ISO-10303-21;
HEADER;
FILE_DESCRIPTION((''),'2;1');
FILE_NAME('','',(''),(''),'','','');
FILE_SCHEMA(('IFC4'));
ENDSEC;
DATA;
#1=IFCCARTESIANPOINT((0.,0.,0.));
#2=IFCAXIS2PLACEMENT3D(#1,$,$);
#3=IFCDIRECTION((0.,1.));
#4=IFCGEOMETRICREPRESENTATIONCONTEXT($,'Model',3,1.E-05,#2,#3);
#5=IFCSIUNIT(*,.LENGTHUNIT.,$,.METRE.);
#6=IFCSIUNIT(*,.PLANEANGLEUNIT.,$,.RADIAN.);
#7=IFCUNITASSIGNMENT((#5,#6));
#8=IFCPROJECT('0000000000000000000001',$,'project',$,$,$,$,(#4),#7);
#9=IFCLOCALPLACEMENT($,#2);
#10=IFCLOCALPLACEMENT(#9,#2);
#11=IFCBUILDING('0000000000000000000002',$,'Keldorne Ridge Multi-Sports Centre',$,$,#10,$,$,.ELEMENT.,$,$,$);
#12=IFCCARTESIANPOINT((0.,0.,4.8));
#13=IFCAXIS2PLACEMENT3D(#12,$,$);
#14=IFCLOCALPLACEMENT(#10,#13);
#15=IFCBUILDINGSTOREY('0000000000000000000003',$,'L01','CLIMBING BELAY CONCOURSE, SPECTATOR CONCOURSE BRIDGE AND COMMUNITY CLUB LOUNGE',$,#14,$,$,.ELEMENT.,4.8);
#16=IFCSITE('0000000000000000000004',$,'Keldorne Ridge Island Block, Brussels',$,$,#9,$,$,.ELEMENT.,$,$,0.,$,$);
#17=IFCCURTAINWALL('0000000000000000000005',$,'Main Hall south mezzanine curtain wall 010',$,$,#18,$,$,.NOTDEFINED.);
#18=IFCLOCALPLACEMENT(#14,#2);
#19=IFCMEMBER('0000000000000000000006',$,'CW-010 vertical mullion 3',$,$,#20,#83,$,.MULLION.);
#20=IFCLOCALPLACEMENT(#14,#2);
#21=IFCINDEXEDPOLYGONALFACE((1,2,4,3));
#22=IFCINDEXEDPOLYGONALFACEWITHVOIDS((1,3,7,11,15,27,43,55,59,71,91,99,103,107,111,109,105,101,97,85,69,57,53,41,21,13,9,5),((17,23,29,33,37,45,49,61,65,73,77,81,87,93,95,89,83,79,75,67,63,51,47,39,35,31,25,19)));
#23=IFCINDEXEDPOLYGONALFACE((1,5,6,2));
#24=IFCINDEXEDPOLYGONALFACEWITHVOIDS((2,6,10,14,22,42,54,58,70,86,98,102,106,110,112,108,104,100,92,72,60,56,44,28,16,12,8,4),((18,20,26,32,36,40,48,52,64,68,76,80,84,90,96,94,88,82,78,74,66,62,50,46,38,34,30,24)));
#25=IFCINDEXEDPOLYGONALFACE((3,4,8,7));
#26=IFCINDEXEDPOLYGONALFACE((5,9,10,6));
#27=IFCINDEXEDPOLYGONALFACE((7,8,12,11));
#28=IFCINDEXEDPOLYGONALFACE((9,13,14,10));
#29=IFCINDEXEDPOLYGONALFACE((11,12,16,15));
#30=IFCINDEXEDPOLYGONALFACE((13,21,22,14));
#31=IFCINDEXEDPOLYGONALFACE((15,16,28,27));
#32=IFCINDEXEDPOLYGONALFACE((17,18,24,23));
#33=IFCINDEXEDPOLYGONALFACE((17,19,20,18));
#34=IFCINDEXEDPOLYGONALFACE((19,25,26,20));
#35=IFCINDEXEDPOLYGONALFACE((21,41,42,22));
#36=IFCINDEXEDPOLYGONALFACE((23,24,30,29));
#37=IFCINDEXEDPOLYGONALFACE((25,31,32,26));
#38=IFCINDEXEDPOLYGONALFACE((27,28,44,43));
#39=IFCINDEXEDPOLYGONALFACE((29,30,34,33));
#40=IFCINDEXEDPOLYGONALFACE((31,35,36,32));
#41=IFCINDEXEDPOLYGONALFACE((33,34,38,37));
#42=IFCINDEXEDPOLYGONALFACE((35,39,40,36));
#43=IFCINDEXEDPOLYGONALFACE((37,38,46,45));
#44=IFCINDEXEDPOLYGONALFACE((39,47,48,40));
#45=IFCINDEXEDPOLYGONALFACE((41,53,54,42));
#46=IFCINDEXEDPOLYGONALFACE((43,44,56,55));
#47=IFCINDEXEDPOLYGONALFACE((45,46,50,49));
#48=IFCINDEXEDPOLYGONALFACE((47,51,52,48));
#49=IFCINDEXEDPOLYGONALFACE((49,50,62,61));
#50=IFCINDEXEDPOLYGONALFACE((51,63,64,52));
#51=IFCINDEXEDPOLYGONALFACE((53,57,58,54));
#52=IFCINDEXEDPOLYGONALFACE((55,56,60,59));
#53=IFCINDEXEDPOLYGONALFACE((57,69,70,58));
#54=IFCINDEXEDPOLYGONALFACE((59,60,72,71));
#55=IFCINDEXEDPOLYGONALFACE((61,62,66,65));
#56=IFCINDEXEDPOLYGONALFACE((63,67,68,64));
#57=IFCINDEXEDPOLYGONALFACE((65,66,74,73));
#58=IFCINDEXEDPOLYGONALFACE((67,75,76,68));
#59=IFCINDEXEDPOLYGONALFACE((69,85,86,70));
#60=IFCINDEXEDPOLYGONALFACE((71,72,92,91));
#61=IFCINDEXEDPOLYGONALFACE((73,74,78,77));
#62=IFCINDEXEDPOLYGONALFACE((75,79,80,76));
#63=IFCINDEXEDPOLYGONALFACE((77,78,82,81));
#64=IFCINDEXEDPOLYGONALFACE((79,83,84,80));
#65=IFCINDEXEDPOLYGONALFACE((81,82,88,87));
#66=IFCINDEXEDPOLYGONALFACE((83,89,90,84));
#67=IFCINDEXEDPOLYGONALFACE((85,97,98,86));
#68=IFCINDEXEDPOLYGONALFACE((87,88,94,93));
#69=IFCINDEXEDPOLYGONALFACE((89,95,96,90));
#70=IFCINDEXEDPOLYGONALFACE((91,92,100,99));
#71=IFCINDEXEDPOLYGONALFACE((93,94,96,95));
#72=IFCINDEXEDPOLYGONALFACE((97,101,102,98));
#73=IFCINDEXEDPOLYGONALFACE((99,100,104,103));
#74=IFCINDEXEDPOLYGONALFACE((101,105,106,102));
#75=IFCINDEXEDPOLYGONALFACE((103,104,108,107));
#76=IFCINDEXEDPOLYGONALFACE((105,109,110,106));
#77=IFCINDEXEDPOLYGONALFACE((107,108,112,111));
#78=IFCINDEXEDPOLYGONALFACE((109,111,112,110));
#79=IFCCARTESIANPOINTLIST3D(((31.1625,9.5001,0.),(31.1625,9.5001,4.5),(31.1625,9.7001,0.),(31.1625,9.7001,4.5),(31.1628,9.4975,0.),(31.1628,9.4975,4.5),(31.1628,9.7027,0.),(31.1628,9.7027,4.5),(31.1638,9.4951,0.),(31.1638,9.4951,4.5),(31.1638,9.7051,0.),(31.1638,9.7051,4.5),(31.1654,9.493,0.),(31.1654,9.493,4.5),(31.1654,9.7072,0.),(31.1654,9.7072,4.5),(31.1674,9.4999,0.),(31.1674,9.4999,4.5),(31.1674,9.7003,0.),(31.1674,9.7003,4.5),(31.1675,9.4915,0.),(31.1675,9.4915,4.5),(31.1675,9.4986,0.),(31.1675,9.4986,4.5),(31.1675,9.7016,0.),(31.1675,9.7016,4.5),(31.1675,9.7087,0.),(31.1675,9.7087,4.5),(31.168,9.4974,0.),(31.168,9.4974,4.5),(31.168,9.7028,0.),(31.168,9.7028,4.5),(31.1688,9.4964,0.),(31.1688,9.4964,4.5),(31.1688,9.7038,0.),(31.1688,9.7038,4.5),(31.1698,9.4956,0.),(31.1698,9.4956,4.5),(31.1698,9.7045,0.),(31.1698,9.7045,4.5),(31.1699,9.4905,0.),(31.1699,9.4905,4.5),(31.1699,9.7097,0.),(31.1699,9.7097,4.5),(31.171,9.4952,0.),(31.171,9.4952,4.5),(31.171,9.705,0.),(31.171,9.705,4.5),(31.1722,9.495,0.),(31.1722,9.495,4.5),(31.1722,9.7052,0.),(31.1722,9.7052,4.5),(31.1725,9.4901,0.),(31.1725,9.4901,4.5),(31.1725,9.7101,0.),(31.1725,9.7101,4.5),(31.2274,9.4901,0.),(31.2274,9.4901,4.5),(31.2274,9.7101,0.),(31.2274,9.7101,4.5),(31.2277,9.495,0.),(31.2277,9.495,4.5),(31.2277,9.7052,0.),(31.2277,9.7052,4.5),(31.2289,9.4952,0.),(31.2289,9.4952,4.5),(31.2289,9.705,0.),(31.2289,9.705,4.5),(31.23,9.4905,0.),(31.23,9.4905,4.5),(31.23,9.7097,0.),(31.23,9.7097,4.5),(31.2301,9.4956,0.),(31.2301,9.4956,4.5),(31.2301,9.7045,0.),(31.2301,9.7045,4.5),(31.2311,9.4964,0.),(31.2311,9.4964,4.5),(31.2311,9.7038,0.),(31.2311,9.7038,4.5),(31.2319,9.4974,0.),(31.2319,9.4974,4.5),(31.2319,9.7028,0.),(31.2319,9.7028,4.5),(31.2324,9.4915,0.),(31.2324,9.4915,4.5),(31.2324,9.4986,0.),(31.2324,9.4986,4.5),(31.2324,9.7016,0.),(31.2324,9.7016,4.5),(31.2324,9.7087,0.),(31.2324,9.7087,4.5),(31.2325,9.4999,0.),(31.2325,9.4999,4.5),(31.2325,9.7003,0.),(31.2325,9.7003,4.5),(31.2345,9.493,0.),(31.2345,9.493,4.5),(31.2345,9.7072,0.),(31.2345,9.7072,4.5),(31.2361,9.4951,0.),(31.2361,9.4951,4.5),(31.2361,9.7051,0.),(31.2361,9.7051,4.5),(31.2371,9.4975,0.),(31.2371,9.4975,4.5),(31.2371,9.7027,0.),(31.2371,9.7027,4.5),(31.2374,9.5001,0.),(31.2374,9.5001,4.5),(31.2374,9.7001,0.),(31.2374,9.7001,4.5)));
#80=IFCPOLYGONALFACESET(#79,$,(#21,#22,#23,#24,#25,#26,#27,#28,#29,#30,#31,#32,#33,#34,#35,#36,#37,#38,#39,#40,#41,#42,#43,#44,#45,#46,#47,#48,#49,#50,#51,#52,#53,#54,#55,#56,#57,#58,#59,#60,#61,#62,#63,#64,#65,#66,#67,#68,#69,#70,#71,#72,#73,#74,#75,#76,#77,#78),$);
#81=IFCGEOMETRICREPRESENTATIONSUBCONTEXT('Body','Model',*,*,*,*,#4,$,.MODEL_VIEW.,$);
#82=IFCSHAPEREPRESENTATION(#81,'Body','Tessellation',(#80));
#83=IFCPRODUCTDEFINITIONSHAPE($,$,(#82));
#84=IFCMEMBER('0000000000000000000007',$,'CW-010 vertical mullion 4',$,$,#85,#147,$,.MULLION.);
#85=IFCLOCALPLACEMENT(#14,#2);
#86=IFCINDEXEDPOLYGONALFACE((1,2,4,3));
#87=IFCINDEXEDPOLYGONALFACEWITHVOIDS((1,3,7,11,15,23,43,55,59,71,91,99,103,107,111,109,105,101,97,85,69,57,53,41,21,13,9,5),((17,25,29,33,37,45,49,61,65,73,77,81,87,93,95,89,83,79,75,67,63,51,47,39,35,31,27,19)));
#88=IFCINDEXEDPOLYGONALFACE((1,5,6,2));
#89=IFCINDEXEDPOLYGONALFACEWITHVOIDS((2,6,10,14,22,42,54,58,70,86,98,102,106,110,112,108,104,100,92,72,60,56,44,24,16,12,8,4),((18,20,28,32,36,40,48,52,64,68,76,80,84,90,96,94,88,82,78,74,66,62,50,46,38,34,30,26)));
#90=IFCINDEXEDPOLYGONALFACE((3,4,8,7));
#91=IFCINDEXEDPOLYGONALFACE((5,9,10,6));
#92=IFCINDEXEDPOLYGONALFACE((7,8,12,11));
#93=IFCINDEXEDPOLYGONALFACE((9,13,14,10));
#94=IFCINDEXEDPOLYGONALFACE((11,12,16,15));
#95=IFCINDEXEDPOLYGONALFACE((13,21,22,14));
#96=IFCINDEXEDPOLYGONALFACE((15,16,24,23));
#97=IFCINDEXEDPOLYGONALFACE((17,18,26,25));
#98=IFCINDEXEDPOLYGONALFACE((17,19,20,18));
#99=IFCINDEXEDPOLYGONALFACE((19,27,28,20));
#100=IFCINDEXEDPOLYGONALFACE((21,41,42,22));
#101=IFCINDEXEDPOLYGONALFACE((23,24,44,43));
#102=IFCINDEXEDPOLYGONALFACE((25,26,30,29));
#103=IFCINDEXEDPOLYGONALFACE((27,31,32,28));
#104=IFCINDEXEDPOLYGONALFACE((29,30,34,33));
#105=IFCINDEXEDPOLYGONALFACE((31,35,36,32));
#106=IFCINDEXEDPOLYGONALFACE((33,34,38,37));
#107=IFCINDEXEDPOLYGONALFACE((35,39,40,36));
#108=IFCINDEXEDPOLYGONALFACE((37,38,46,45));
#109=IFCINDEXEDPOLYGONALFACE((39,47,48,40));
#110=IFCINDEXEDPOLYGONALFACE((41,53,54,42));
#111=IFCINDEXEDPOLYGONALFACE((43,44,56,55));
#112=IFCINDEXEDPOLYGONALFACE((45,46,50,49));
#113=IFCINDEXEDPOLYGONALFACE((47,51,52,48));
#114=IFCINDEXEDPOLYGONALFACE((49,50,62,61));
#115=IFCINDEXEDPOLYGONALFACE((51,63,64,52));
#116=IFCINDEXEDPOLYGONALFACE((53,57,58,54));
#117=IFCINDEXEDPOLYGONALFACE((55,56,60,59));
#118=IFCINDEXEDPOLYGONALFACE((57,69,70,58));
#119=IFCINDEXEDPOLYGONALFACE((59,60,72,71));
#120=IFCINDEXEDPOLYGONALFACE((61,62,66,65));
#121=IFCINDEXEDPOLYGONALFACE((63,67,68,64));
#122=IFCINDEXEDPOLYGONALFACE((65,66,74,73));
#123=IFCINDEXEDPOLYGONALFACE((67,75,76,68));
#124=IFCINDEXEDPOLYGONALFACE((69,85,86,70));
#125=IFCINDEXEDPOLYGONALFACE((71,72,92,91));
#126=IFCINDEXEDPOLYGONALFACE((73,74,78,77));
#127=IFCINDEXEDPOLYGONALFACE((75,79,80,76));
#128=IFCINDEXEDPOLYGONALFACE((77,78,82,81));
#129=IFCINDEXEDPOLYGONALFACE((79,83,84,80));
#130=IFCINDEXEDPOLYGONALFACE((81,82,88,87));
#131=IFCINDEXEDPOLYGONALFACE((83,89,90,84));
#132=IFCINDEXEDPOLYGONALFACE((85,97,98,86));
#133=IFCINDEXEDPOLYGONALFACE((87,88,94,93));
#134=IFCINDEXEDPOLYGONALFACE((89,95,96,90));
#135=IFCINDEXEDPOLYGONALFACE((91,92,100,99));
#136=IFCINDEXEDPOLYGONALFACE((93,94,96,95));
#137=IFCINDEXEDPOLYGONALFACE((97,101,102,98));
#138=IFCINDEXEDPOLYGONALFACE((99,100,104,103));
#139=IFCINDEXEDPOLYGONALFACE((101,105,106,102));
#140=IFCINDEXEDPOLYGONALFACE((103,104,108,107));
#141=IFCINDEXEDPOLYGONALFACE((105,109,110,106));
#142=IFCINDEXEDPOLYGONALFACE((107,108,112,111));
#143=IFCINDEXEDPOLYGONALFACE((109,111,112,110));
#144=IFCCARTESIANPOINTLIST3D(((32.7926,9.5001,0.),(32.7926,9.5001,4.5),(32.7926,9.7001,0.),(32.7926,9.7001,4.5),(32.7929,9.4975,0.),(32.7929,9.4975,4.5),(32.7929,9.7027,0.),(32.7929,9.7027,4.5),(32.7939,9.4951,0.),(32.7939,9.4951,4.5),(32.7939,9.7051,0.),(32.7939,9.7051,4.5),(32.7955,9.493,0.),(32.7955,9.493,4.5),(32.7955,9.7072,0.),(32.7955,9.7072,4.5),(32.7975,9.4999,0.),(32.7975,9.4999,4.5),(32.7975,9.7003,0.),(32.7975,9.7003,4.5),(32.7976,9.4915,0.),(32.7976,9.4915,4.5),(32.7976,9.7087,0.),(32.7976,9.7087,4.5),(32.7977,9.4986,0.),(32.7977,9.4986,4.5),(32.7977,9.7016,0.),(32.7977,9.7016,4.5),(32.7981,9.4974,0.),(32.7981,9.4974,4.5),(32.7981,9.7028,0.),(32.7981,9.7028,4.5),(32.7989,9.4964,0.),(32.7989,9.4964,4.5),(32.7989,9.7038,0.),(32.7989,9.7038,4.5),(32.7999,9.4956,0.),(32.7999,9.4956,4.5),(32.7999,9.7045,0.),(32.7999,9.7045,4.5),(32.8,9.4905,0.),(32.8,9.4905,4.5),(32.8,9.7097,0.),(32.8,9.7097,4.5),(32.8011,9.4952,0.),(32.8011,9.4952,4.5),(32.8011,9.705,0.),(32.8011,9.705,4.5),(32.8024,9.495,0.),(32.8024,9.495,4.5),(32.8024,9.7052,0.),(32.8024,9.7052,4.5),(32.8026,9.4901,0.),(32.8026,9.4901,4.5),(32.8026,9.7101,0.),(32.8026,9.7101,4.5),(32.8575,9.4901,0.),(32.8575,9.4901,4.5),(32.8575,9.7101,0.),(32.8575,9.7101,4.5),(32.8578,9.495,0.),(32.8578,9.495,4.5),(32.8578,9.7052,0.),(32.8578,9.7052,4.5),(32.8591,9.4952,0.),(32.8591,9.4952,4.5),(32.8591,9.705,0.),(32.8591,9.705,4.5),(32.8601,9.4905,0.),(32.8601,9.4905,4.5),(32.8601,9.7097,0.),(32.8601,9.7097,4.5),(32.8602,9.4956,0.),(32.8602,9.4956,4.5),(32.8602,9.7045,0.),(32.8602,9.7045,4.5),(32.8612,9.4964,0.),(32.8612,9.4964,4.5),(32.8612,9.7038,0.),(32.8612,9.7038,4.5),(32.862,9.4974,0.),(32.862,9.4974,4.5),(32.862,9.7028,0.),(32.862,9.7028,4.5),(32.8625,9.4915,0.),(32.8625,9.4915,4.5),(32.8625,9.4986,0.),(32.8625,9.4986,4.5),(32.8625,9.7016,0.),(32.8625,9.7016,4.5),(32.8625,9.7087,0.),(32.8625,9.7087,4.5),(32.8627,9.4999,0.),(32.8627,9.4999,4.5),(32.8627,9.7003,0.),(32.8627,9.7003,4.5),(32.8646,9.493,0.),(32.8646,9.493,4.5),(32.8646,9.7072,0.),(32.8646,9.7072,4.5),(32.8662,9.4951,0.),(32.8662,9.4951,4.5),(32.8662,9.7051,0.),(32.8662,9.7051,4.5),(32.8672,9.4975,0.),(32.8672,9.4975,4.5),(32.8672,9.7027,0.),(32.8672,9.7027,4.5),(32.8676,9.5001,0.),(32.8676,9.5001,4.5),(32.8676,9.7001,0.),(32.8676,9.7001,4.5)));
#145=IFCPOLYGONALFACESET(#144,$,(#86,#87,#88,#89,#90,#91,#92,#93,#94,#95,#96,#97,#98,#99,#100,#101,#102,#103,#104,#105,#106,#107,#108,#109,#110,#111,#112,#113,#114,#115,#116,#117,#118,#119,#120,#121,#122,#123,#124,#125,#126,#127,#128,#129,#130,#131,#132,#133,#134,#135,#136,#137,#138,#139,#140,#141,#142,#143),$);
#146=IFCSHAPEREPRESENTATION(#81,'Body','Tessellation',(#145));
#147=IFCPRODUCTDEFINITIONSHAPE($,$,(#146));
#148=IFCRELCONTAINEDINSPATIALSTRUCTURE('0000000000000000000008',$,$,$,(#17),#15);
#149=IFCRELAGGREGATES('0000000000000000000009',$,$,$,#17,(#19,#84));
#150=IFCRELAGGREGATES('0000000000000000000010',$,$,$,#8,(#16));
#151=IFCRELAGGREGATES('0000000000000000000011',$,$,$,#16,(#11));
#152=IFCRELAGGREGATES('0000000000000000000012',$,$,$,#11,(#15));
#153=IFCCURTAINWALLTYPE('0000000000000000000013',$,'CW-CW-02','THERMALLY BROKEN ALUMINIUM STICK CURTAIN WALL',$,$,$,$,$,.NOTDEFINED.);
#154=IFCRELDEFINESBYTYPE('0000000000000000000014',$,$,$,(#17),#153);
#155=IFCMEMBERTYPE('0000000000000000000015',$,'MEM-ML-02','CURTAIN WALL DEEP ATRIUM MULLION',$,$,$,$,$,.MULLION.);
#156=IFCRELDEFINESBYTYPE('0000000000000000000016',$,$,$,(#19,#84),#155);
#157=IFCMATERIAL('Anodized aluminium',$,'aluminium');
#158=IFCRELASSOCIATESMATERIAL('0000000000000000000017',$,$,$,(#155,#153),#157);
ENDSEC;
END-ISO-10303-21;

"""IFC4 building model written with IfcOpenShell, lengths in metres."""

from ifc_helpers import new_model, si_unit, direction, frame, origin, origin_2d, place, context, subcontext, project, spatial, hollow_rectangle, extrude, material, material_profile, profile_set, type_object, element, aggregate, save


model = new_model("IFC4")

# Units and contexts
model_context = context("Model", 3, precision=1e-05, world=origin(), true_north=direction((0.0, 1.0)))
body_context = subcontext(model_context, "Body", "Model", "MODEL_VIEW")
ifc_project = project(units=[si_unit("LENGTHUNIT", "METRE"), si_unit("PLANEANGLEUNIT", "RADIAN")], contexts=[model_context])

# Site, building, storey
site_placement = place(None, origin())
site = spatial("IfcSite", under=ifc_project, at=site_placement, Name="Keldorne Ridge Island Block, Brussels", CompositionType="ELEMENT", RefElevation=0.0)
building_placement = place(site_placement, origin())
building = spatial("IfcBuilding", under=site, at=building_placement, Name="Keldorne Ridge Multi-Sports Centre", CompositionType="ELEMENT")
storey_placement = place(building_placement, frame((0.0, 0.0, 4.8)))
storey = spatial("IfcBuildingStorey", under=building, at=storey_placement, Name="L01", Description="CLIMBING BELAY CONCOURSE, SPECTATOR CONCOURSE BRIDGE AND COMMUNITY CLUB LOUNGE", CompositionType="ELEMENT", Elevation=4.8)

# Curtain wall, members
ifc_material_1 = material(Name="Anodized aluminium", Category="aluminium")
ifc_material_profile_1 = material_profile(ifc_material_1, hollow_rectangle(XDim=0.075, YDim=0.22, WallThickness=0.0049, InnerFilletRadius=0.0049, OuterFilletRadius=0.01, at=origin_2d()), Name="ALU MULLION 220x75x5")
ifc_profile_set_1 = profile_set([ifc_material_profile_1], Name="Anodized aluminium")
member_type_1 = type_object("IfcMemberType", Name="MEM-ML-02", Description="CURTAIN WALL DEEP ATRIUM MULLION", PredefinedType="MULLION", material=ifc_profile_set_1)
curtain_wall_type_1 = type_object("IfcCurtainWallType", Name="CW-CW-02", Description="THERMALLY BROKEN ALUMINIUM STICK CURTAIN WALL", PredefinedType="NOTDEFINED", material=ifc_material_1)
curtain_wall_1_placement = place(storey_placement, origin())
curtain_wall_1 = element("IfcCurtainWall", 1, at=curtain_wall_1_placement, inside=storey, type_object=curtain_wall_type_1, Name="Main Hall south mezzanine curtain wall 010", PredefinedType="NOTDEFINED")
member_1_placement = place(storey_placement, frame((31.2, 9.6001, 0.0), z_axis=(0.0, 0.0, 1.0), x_axis=(1.0, 0.0, 0.0)))
member_1 = element("IfcMember", 2, at=member_1_placement, type_object=member_type_1, Name="CW-010 vertical mullion 3", PredefinedType="MULLION", context=body_context, shape_type="SweptSolid", body=[
    extrude(hollow_rectangle(XDim=0.075, YDim=0.22, WallThickness=0.0049, InnerFilletRadius=0.0049, OuterFilletRadius=0.01, at=origin_2d()), origin(), (0.0, 0.0, 1.0), 4.5),
])
member_2_placement = place(storey_placement, frame((32.8301, 9.6001, 0.0), z_axis=(0.0, 0.0, 1.0), x_axis=(1.0, 0.0, 0.0)))
member_2 = element("IfcMember", 3, at=member_2_placement, type_object=member_type_1, Name="CW-010 vertical mullion 4", PredefinedType="MULLION", context=body_context, shape_type="SweptSolid", body=[
    extrude(hollow_rectangle(XDim=0.075, YDim=0.22, WallThickness=0.0049, InnerFilletRadius=0.0049, OuterFilletRadius=0.01, at=origin_2d()), origin(), (0.0, 0.0, 1.0), 4.5),
])

aggregate(curtain_wall_1, [member_1, member_2])

save(model, "model.ifc")
